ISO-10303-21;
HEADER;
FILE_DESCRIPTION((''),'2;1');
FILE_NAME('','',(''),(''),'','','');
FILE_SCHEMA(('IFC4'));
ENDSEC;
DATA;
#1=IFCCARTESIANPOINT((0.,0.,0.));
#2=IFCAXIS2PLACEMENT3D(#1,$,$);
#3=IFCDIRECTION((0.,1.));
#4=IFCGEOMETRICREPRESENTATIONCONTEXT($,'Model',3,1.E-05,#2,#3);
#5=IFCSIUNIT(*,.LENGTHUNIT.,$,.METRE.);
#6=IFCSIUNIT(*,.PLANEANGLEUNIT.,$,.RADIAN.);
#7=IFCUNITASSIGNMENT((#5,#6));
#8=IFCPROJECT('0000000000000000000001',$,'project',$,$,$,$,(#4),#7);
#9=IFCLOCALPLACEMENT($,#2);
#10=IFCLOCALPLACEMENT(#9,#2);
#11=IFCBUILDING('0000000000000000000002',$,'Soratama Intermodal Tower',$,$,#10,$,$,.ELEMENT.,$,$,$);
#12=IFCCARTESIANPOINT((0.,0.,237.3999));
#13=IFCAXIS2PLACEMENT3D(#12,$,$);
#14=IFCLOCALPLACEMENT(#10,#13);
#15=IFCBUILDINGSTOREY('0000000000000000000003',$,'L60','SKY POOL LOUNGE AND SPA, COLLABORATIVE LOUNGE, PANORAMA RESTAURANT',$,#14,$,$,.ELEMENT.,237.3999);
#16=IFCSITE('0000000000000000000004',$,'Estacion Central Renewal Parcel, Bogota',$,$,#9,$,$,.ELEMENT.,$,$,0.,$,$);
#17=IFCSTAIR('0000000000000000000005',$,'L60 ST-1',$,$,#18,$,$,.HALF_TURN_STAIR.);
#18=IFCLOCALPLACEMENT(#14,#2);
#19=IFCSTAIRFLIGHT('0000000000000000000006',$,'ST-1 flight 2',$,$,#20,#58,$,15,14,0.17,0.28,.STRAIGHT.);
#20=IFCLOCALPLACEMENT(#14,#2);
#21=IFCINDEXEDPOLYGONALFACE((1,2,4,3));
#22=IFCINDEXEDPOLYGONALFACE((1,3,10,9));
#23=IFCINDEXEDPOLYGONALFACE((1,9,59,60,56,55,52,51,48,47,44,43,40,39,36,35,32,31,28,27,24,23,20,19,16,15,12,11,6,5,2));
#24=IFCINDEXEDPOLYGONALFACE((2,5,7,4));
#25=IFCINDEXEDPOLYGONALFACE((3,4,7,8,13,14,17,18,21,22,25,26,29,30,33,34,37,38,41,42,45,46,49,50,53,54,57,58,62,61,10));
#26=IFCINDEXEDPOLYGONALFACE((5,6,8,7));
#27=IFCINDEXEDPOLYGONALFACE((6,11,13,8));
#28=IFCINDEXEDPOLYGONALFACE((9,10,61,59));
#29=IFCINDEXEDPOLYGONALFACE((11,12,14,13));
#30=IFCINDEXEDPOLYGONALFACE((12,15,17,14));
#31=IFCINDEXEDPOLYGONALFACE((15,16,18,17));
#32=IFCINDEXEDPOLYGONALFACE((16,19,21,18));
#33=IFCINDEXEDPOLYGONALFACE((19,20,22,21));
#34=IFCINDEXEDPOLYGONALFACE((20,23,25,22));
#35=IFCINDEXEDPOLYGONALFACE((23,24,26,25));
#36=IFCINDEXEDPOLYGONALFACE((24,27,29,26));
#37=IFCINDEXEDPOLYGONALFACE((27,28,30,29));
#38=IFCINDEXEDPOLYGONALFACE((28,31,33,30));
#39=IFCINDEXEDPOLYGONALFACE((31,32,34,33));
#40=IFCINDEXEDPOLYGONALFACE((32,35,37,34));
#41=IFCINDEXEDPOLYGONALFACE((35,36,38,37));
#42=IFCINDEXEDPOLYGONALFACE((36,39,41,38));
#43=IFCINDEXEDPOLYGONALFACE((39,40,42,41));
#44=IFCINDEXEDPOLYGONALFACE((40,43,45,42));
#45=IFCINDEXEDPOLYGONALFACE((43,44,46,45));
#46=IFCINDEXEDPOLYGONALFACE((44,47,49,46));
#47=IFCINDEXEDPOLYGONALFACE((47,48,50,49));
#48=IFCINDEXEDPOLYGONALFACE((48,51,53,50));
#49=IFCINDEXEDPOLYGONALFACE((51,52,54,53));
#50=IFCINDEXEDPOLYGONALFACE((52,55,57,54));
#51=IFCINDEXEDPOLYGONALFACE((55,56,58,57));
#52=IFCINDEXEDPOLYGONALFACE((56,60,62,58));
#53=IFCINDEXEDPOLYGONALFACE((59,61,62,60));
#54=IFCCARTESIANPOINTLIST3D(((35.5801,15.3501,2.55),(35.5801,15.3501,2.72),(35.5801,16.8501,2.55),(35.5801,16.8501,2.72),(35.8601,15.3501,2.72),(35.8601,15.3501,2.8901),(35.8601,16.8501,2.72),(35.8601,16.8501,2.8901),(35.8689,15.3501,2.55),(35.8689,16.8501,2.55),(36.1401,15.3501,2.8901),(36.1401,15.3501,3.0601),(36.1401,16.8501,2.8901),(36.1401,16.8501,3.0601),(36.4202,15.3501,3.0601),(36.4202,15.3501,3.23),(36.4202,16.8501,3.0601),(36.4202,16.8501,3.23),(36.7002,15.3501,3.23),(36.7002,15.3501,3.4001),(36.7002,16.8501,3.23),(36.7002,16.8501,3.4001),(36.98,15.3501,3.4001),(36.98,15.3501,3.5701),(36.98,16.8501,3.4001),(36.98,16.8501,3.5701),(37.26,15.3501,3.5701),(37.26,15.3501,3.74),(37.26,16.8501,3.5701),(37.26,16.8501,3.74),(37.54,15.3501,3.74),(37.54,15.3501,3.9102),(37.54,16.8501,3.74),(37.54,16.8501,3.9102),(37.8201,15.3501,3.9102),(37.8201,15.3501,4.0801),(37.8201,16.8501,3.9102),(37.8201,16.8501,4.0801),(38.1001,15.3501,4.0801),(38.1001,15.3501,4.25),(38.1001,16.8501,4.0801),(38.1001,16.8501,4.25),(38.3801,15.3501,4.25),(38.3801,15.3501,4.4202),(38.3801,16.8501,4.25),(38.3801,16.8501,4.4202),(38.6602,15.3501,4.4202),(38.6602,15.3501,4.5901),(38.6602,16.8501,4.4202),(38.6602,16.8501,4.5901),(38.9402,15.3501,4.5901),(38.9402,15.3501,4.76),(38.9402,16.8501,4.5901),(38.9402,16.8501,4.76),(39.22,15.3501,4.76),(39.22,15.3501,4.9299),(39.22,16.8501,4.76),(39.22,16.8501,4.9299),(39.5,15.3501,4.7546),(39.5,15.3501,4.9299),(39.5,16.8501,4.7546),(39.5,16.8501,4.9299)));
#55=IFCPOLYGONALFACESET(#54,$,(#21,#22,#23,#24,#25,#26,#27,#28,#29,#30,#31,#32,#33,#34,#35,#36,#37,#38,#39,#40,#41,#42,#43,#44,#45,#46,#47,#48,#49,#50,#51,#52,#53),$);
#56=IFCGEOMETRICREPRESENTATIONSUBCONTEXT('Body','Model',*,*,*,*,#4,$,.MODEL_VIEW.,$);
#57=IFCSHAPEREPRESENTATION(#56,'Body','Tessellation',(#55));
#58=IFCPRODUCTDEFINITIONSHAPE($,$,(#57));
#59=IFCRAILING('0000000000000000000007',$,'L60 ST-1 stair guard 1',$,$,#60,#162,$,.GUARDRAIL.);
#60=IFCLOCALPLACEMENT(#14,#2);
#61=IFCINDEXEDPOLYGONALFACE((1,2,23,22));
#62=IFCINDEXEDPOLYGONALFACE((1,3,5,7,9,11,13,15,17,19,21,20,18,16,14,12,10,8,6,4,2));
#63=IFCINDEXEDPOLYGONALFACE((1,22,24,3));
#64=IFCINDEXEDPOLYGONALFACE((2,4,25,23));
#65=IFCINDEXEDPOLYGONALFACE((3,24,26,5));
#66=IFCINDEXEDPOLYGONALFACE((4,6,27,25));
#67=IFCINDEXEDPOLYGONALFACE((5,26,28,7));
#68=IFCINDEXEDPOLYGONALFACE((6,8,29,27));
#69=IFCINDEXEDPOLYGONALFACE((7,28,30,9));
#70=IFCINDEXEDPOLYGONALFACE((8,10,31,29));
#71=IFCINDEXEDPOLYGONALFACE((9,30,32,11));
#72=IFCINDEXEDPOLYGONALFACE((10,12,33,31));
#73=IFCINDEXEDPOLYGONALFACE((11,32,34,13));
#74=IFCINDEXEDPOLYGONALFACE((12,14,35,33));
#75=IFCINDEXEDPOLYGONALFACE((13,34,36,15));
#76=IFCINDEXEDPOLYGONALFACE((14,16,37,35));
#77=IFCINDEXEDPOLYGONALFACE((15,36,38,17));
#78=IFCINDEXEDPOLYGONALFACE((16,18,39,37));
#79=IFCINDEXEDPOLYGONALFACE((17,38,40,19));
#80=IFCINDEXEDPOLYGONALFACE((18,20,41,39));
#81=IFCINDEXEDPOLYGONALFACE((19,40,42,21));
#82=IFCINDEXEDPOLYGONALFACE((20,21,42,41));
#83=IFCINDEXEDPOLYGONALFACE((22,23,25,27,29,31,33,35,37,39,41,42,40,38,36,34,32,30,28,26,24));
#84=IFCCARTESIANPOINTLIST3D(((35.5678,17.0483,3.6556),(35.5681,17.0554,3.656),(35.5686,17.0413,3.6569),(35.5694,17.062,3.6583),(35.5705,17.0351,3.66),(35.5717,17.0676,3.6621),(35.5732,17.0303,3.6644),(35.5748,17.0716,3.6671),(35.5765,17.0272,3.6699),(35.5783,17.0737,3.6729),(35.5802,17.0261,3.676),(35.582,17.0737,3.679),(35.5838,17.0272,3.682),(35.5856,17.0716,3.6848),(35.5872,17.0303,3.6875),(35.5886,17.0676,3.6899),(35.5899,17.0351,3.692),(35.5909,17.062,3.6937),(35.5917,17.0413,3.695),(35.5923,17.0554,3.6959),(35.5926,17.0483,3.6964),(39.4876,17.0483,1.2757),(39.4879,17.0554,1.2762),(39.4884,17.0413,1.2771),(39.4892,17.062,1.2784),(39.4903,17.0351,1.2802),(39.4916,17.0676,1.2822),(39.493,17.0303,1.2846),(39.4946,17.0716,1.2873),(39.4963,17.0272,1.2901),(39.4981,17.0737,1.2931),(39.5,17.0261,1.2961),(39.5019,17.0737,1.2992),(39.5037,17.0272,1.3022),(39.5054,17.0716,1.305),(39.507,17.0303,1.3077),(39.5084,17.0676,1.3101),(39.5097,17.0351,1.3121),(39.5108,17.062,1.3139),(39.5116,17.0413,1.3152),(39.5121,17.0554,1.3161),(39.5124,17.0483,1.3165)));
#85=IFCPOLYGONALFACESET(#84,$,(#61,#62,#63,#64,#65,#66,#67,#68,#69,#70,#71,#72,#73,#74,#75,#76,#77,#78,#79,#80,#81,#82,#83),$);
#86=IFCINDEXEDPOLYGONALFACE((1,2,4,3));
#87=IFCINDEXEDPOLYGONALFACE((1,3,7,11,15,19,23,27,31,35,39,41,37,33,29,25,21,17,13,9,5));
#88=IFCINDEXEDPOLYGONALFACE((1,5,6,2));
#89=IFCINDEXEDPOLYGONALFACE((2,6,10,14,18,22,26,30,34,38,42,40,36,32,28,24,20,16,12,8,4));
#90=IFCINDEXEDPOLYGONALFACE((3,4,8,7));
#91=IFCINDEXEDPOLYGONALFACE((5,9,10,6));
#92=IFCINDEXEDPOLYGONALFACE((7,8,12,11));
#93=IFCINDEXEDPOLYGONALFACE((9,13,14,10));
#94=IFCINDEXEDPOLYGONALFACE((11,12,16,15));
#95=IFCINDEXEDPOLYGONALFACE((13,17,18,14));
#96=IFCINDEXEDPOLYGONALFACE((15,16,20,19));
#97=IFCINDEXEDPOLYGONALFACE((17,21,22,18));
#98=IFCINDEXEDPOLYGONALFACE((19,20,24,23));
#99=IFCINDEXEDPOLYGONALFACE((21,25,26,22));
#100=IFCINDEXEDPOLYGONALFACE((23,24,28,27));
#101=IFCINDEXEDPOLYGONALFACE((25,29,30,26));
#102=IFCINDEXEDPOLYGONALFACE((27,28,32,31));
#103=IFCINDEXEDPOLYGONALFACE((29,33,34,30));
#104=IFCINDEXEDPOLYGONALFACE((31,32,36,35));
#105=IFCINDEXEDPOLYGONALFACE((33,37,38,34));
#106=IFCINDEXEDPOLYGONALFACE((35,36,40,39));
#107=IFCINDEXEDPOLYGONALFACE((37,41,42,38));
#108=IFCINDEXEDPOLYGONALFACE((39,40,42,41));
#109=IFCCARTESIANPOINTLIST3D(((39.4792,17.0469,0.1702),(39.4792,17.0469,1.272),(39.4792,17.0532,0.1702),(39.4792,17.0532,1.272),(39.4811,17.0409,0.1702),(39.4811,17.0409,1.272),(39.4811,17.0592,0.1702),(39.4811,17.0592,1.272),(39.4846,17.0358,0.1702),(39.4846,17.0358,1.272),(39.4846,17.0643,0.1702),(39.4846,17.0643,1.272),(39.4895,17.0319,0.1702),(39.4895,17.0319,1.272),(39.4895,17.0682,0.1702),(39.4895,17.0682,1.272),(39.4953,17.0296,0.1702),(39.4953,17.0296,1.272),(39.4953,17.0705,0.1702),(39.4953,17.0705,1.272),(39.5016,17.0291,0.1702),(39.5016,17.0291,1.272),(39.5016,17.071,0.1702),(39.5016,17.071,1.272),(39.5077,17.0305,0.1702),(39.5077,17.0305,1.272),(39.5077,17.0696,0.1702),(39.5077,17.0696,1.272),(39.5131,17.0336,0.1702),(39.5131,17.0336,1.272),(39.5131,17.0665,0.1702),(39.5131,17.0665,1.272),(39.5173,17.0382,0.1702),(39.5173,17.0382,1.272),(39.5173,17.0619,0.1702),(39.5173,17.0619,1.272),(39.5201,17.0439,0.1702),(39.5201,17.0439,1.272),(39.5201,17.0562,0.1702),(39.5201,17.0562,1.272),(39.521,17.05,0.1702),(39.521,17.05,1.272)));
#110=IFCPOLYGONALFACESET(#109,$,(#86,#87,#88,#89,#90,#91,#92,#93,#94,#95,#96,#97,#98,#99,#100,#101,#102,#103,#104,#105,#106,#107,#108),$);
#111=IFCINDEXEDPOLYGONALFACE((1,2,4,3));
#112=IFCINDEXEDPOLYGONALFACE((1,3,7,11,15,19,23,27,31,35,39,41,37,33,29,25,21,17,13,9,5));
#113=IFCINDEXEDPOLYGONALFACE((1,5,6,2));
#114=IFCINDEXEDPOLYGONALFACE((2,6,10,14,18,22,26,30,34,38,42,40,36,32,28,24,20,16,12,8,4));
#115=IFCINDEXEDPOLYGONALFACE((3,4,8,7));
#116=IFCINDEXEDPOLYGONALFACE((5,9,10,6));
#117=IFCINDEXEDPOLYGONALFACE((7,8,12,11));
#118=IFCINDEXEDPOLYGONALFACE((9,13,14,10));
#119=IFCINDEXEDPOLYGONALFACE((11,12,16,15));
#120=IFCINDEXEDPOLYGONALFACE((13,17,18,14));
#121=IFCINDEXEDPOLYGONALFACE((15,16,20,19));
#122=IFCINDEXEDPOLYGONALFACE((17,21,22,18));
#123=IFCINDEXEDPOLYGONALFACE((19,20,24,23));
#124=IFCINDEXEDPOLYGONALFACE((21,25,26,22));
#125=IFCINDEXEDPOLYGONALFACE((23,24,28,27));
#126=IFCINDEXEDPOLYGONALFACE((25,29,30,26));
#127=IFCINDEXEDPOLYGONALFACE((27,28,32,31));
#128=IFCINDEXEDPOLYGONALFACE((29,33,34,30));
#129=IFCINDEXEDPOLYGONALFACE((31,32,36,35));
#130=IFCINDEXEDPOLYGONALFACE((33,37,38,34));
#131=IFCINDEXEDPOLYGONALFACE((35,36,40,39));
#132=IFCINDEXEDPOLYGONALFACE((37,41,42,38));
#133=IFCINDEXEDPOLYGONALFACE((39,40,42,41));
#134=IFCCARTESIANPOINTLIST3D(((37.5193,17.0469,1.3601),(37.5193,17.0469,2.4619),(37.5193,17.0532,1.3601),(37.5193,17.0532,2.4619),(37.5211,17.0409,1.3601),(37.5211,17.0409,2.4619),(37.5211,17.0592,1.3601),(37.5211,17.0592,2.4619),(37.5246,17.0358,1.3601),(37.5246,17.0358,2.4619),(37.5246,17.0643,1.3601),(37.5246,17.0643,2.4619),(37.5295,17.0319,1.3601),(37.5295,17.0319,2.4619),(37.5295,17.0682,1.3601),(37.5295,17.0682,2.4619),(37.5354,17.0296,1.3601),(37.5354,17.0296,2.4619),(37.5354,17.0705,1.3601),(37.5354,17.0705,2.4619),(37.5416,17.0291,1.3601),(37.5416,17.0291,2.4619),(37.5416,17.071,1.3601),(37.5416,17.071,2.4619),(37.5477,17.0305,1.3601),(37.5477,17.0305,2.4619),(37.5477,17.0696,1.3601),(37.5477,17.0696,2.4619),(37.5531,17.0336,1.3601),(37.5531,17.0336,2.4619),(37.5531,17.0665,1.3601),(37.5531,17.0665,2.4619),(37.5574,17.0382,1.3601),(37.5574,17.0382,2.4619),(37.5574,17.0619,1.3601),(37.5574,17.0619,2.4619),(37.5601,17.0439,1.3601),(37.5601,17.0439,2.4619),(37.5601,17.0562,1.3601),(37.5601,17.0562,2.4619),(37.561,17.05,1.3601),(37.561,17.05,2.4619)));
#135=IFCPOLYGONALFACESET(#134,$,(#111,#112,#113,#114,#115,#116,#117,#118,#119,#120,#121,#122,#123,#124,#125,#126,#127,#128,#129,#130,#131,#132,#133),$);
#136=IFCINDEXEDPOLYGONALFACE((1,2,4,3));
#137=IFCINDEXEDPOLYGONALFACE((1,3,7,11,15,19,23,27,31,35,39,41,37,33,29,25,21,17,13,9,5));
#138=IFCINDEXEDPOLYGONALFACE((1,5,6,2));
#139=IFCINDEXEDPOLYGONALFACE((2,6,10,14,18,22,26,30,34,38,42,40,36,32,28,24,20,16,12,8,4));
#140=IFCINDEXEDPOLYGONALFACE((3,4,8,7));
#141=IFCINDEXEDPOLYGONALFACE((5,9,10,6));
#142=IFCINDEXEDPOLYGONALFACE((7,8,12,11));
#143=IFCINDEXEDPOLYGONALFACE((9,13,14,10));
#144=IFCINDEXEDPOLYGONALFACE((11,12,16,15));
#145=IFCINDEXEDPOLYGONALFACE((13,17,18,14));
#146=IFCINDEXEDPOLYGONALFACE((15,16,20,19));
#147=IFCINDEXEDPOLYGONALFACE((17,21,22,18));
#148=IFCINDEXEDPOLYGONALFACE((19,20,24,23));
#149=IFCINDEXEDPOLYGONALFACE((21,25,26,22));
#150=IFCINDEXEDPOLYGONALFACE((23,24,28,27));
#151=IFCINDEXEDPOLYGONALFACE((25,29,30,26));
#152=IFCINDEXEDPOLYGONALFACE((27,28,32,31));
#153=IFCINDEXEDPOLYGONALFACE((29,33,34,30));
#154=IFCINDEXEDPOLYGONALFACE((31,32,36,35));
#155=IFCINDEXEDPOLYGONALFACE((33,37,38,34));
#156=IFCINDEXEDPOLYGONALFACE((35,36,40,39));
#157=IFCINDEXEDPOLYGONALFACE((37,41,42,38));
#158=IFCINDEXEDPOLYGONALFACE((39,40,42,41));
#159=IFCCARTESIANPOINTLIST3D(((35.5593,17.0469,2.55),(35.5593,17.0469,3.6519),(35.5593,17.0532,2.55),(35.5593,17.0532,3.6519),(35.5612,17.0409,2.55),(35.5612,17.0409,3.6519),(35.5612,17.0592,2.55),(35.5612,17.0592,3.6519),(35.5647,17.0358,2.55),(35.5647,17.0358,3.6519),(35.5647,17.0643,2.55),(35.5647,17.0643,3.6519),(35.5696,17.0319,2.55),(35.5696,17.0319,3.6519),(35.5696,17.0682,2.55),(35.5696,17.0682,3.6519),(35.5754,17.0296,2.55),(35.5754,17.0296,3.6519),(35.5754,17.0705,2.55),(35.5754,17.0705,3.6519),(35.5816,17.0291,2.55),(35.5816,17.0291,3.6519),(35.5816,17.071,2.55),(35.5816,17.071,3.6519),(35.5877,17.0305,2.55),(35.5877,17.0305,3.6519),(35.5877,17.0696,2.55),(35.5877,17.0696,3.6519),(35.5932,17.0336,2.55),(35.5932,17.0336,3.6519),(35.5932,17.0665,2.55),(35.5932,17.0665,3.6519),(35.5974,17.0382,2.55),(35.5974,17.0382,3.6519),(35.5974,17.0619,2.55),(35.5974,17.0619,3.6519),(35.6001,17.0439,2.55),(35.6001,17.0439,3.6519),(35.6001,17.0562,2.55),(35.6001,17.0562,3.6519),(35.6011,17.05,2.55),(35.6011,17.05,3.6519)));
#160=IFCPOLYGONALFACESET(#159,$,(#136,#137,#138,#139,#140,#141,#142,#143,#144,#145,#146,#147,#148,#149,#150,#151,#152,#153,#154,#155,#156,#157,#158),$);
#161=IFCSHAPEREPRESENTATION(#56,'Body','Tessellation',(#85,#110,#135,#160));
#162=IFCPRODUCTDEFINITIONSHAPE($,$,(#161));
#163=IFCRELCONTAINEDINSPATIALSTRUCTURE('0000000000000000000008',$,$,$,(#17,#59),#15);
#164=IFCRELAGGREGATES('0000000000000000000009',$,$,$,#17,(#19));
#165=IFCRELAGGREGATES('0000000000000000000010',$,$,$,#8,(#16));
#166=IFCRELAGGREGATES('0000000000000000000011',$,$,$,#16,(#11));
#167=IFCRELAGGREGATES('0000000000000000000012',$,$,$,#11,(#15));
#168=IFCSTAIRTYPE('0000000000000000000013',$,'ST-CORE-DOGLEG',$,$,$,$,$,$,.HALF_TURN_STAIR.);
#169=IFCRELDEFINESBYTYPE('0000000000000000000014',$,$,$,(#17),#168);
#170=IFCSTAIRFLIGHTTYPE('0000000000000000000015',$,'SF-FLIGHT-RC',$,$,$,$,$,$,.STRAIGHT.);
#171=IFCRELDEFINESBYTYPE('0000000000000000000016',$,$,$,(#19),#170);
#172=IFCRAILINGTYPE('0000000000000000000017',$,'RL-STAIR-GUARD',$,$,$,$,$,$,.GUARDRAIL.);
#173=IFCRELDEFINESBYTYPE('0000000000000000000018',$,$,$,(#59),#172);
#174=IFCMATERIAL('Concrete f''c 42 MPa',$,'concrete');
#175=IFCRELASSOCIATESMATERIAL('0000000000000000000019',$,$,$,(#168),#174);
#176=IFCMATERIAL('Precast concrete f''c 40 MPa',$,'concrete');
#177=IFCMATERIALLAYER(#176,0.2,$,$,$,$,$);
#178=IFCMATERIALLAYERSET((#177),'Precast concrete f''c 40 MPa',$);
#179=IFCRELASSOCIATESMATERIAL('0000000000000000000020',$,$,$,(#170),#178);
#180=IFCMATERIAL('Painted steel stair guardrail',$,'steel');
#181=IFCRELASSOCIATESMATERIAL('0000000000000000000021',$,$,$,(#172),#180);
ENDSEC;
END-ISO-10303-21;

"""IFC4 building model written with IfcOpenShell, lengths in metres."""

from ifc_helpers import new_model, si_unit, direction, frame, origin, origin_2d, place, context, subcontext, project, spatial, polyline, circle, outline, extrude, material, layer, layer_set, type_object, element, aggregate, save


model = new_model("IFC4")

# Units and contexts
model_context = context("Model", 3, precision=1e-05, world=origin(), true_north=direction((0.0, 1.0)))
body_context = subcontext(model_context, "Body", "Model", "MODEL_VIEW")
ifc_project = project(units=[si_unit("LENGTHUNIT", "METRE"), si_unit("PLANEANGLEUNIT", "RADIAN")], contexts=[model_context])

# Site, building, storey
site_placement = place(None, origin())
site = spatial("IfcSite", under=ifc_project, at=site_placement, Name="Estacion Central Renewal Parcel, Bogota", CompositionType="ELEMENT", RefElevation=0.0)
building_placement = place(site_placement, origin())
building = spatial("IfcBuilding", under=site, at=building_placement, Name="Soratama Intermodal Tower", CompositionType="ELEMENT")
storey_placement = place(building_placement, frame((0.0, 0.0, 237.3999)))
storey = spatial("IfcBuildingStorey", under=building, at=storey_placement, Name="L60", Description="SKY POOL LOUNGE AND SPA, COLLABORATIVE LOUNGE, PANORAMA RESTAURANT", CompositionType="ELEMENT", Elevation=237.3999)

# Stair, stair flight
ifc_material_1 = material(Name="Concrete f'c 42 MPa", Category="concrete")
stair_type = type_object("IfcStairType", Name="ST-CORE-DOGLEG", PredefinedType="HALF_TURN_STAIR", material=ifc_material_1)
stair_placement = place(storey_placement, origin())
stair = element("IfcStair", 1, at=stair_placement, inside=storey, type_object=stair_type, Name="L60 ST-1", PredefinedType="HALF_TURN_STAIR")
ifc_material_2 = material(Name="Precast concrete f'c 40 MPa", Category="concrete")
ifc_layer_1 = layer(ifc_material_2, 0.2)
ifc_layer_set_1 = layer_set([ifc_layer_1], Name="Precast concrete f'c 40 MPa")
stair_flight_type = type_object("IfcStairFlightType", Name="SF-FLIGHT-RC", PredefinedType="STRAIGHT", material=ifc_layer_set_1)
stair_flight_1_placement = place(storey_placement, frame((35.5801, 16.1001, 2.55), z_axis=(0.0, 0.0, 1.0), x_axis=(1.0, 0.0, 0.0)))
stair_flight_1 = element("IfcStairFlight", 2, at=stair_flight_1_placement, type_object=stair_flight_type, Name="ST-1 flight 2", NumberOfRisers=15, NumberOfTreads=14, PredefinedType="STRAIGHT", RiserHeight=0.17, TreadLength=0.28, context=body_context, shape_type="SweptSolid", body=[
    extrude(outline(polyline([(0.0, 0.0), (0.0, 0.1699), (0.28, 0.1699), (0.28, 0.3401), (0.5601, 0.3401), (0.5601, 0.51), (0.8401, 0.51), (0.8401, 0.6799), (1.1201, 0.6799), (1.1201, 0.8501), (1.3999, 0.8501), (1.3999, 1.02), (1.6799, 1.02), (1.6799, 1.1899), (1.96, 1.1899), (1.96, 1.3601), (2.24, 1.3601), (2.24, 1.53), (2.52, 1.53), (2.52, 1.7), (2.8, 1.7), (2.8, 1.8701), (3.0801, 1.8701), (3.0801, 2.04), (3.3601, 2.04), (3.3601, 2.21), (3.6399, 2.21), (3.6399, 2.3799), (3.9199, 2.3799), (3.9199, 2.55), (3.9199, 2.2046), (0.2888, 0.0), (0.0, 0.0)])), frame((0.0, 0.75, 0.0), z_axis=(0.0, -1.0, 0.0), x_axis=(1.0, 0.0, 0.0)), (0.0, 0.0, 1.0), 1.5),
])
aggregate(stair, [stair_flight_1])

# Railing
ifc_material_3 = material(Name="Painted steel stair guardrail", Category="steel")
railing_type_1 = type_object("IfcRailingType", Name="RL-STAIR-GUARD", PredefinedType="GUARDRAIL", material=ifc_material_3)
railing_1_placement = place(storey_placement, frame((39.5, 17.05, 0.1702)))
element("IfcRailing", 3, at=railing_1_placement, inside=storey, type_object=railing_type_1, Name="L60 ST-1 stair guard 1", PredefinedType="GUARDRAIL", context=body_context, shape_type="SweptSolid", body=[
    extrude(circle(Radius=0.0239, at=origin_2d()), frame((0.0, 0.0, 1.126), z_axis=(-0.854794, 0.0, 0.518967), x_axis=(0.0, -1.0, 0.0)), (0.0, 0.0, 1.0), 4.5857),
    extrude(circle(Radius=0.021, at=origin_2d()), origin(), (0.0, 0.0, 1.0), 1.1018),
    extrude(circle(Radius=0.021, at=origin_2d()), frame((-1.96, 0.0, 1.1899)), (0.0, 0.0, 1.0), 1.1018),
    extrude(circle(Radius=0.021, at=origin_2d()), frame((-3.9199, 0.0, 2.3799)), (0.0, 0.0, 1.0), 1.1018),
])

save(model, "model.ifc")
